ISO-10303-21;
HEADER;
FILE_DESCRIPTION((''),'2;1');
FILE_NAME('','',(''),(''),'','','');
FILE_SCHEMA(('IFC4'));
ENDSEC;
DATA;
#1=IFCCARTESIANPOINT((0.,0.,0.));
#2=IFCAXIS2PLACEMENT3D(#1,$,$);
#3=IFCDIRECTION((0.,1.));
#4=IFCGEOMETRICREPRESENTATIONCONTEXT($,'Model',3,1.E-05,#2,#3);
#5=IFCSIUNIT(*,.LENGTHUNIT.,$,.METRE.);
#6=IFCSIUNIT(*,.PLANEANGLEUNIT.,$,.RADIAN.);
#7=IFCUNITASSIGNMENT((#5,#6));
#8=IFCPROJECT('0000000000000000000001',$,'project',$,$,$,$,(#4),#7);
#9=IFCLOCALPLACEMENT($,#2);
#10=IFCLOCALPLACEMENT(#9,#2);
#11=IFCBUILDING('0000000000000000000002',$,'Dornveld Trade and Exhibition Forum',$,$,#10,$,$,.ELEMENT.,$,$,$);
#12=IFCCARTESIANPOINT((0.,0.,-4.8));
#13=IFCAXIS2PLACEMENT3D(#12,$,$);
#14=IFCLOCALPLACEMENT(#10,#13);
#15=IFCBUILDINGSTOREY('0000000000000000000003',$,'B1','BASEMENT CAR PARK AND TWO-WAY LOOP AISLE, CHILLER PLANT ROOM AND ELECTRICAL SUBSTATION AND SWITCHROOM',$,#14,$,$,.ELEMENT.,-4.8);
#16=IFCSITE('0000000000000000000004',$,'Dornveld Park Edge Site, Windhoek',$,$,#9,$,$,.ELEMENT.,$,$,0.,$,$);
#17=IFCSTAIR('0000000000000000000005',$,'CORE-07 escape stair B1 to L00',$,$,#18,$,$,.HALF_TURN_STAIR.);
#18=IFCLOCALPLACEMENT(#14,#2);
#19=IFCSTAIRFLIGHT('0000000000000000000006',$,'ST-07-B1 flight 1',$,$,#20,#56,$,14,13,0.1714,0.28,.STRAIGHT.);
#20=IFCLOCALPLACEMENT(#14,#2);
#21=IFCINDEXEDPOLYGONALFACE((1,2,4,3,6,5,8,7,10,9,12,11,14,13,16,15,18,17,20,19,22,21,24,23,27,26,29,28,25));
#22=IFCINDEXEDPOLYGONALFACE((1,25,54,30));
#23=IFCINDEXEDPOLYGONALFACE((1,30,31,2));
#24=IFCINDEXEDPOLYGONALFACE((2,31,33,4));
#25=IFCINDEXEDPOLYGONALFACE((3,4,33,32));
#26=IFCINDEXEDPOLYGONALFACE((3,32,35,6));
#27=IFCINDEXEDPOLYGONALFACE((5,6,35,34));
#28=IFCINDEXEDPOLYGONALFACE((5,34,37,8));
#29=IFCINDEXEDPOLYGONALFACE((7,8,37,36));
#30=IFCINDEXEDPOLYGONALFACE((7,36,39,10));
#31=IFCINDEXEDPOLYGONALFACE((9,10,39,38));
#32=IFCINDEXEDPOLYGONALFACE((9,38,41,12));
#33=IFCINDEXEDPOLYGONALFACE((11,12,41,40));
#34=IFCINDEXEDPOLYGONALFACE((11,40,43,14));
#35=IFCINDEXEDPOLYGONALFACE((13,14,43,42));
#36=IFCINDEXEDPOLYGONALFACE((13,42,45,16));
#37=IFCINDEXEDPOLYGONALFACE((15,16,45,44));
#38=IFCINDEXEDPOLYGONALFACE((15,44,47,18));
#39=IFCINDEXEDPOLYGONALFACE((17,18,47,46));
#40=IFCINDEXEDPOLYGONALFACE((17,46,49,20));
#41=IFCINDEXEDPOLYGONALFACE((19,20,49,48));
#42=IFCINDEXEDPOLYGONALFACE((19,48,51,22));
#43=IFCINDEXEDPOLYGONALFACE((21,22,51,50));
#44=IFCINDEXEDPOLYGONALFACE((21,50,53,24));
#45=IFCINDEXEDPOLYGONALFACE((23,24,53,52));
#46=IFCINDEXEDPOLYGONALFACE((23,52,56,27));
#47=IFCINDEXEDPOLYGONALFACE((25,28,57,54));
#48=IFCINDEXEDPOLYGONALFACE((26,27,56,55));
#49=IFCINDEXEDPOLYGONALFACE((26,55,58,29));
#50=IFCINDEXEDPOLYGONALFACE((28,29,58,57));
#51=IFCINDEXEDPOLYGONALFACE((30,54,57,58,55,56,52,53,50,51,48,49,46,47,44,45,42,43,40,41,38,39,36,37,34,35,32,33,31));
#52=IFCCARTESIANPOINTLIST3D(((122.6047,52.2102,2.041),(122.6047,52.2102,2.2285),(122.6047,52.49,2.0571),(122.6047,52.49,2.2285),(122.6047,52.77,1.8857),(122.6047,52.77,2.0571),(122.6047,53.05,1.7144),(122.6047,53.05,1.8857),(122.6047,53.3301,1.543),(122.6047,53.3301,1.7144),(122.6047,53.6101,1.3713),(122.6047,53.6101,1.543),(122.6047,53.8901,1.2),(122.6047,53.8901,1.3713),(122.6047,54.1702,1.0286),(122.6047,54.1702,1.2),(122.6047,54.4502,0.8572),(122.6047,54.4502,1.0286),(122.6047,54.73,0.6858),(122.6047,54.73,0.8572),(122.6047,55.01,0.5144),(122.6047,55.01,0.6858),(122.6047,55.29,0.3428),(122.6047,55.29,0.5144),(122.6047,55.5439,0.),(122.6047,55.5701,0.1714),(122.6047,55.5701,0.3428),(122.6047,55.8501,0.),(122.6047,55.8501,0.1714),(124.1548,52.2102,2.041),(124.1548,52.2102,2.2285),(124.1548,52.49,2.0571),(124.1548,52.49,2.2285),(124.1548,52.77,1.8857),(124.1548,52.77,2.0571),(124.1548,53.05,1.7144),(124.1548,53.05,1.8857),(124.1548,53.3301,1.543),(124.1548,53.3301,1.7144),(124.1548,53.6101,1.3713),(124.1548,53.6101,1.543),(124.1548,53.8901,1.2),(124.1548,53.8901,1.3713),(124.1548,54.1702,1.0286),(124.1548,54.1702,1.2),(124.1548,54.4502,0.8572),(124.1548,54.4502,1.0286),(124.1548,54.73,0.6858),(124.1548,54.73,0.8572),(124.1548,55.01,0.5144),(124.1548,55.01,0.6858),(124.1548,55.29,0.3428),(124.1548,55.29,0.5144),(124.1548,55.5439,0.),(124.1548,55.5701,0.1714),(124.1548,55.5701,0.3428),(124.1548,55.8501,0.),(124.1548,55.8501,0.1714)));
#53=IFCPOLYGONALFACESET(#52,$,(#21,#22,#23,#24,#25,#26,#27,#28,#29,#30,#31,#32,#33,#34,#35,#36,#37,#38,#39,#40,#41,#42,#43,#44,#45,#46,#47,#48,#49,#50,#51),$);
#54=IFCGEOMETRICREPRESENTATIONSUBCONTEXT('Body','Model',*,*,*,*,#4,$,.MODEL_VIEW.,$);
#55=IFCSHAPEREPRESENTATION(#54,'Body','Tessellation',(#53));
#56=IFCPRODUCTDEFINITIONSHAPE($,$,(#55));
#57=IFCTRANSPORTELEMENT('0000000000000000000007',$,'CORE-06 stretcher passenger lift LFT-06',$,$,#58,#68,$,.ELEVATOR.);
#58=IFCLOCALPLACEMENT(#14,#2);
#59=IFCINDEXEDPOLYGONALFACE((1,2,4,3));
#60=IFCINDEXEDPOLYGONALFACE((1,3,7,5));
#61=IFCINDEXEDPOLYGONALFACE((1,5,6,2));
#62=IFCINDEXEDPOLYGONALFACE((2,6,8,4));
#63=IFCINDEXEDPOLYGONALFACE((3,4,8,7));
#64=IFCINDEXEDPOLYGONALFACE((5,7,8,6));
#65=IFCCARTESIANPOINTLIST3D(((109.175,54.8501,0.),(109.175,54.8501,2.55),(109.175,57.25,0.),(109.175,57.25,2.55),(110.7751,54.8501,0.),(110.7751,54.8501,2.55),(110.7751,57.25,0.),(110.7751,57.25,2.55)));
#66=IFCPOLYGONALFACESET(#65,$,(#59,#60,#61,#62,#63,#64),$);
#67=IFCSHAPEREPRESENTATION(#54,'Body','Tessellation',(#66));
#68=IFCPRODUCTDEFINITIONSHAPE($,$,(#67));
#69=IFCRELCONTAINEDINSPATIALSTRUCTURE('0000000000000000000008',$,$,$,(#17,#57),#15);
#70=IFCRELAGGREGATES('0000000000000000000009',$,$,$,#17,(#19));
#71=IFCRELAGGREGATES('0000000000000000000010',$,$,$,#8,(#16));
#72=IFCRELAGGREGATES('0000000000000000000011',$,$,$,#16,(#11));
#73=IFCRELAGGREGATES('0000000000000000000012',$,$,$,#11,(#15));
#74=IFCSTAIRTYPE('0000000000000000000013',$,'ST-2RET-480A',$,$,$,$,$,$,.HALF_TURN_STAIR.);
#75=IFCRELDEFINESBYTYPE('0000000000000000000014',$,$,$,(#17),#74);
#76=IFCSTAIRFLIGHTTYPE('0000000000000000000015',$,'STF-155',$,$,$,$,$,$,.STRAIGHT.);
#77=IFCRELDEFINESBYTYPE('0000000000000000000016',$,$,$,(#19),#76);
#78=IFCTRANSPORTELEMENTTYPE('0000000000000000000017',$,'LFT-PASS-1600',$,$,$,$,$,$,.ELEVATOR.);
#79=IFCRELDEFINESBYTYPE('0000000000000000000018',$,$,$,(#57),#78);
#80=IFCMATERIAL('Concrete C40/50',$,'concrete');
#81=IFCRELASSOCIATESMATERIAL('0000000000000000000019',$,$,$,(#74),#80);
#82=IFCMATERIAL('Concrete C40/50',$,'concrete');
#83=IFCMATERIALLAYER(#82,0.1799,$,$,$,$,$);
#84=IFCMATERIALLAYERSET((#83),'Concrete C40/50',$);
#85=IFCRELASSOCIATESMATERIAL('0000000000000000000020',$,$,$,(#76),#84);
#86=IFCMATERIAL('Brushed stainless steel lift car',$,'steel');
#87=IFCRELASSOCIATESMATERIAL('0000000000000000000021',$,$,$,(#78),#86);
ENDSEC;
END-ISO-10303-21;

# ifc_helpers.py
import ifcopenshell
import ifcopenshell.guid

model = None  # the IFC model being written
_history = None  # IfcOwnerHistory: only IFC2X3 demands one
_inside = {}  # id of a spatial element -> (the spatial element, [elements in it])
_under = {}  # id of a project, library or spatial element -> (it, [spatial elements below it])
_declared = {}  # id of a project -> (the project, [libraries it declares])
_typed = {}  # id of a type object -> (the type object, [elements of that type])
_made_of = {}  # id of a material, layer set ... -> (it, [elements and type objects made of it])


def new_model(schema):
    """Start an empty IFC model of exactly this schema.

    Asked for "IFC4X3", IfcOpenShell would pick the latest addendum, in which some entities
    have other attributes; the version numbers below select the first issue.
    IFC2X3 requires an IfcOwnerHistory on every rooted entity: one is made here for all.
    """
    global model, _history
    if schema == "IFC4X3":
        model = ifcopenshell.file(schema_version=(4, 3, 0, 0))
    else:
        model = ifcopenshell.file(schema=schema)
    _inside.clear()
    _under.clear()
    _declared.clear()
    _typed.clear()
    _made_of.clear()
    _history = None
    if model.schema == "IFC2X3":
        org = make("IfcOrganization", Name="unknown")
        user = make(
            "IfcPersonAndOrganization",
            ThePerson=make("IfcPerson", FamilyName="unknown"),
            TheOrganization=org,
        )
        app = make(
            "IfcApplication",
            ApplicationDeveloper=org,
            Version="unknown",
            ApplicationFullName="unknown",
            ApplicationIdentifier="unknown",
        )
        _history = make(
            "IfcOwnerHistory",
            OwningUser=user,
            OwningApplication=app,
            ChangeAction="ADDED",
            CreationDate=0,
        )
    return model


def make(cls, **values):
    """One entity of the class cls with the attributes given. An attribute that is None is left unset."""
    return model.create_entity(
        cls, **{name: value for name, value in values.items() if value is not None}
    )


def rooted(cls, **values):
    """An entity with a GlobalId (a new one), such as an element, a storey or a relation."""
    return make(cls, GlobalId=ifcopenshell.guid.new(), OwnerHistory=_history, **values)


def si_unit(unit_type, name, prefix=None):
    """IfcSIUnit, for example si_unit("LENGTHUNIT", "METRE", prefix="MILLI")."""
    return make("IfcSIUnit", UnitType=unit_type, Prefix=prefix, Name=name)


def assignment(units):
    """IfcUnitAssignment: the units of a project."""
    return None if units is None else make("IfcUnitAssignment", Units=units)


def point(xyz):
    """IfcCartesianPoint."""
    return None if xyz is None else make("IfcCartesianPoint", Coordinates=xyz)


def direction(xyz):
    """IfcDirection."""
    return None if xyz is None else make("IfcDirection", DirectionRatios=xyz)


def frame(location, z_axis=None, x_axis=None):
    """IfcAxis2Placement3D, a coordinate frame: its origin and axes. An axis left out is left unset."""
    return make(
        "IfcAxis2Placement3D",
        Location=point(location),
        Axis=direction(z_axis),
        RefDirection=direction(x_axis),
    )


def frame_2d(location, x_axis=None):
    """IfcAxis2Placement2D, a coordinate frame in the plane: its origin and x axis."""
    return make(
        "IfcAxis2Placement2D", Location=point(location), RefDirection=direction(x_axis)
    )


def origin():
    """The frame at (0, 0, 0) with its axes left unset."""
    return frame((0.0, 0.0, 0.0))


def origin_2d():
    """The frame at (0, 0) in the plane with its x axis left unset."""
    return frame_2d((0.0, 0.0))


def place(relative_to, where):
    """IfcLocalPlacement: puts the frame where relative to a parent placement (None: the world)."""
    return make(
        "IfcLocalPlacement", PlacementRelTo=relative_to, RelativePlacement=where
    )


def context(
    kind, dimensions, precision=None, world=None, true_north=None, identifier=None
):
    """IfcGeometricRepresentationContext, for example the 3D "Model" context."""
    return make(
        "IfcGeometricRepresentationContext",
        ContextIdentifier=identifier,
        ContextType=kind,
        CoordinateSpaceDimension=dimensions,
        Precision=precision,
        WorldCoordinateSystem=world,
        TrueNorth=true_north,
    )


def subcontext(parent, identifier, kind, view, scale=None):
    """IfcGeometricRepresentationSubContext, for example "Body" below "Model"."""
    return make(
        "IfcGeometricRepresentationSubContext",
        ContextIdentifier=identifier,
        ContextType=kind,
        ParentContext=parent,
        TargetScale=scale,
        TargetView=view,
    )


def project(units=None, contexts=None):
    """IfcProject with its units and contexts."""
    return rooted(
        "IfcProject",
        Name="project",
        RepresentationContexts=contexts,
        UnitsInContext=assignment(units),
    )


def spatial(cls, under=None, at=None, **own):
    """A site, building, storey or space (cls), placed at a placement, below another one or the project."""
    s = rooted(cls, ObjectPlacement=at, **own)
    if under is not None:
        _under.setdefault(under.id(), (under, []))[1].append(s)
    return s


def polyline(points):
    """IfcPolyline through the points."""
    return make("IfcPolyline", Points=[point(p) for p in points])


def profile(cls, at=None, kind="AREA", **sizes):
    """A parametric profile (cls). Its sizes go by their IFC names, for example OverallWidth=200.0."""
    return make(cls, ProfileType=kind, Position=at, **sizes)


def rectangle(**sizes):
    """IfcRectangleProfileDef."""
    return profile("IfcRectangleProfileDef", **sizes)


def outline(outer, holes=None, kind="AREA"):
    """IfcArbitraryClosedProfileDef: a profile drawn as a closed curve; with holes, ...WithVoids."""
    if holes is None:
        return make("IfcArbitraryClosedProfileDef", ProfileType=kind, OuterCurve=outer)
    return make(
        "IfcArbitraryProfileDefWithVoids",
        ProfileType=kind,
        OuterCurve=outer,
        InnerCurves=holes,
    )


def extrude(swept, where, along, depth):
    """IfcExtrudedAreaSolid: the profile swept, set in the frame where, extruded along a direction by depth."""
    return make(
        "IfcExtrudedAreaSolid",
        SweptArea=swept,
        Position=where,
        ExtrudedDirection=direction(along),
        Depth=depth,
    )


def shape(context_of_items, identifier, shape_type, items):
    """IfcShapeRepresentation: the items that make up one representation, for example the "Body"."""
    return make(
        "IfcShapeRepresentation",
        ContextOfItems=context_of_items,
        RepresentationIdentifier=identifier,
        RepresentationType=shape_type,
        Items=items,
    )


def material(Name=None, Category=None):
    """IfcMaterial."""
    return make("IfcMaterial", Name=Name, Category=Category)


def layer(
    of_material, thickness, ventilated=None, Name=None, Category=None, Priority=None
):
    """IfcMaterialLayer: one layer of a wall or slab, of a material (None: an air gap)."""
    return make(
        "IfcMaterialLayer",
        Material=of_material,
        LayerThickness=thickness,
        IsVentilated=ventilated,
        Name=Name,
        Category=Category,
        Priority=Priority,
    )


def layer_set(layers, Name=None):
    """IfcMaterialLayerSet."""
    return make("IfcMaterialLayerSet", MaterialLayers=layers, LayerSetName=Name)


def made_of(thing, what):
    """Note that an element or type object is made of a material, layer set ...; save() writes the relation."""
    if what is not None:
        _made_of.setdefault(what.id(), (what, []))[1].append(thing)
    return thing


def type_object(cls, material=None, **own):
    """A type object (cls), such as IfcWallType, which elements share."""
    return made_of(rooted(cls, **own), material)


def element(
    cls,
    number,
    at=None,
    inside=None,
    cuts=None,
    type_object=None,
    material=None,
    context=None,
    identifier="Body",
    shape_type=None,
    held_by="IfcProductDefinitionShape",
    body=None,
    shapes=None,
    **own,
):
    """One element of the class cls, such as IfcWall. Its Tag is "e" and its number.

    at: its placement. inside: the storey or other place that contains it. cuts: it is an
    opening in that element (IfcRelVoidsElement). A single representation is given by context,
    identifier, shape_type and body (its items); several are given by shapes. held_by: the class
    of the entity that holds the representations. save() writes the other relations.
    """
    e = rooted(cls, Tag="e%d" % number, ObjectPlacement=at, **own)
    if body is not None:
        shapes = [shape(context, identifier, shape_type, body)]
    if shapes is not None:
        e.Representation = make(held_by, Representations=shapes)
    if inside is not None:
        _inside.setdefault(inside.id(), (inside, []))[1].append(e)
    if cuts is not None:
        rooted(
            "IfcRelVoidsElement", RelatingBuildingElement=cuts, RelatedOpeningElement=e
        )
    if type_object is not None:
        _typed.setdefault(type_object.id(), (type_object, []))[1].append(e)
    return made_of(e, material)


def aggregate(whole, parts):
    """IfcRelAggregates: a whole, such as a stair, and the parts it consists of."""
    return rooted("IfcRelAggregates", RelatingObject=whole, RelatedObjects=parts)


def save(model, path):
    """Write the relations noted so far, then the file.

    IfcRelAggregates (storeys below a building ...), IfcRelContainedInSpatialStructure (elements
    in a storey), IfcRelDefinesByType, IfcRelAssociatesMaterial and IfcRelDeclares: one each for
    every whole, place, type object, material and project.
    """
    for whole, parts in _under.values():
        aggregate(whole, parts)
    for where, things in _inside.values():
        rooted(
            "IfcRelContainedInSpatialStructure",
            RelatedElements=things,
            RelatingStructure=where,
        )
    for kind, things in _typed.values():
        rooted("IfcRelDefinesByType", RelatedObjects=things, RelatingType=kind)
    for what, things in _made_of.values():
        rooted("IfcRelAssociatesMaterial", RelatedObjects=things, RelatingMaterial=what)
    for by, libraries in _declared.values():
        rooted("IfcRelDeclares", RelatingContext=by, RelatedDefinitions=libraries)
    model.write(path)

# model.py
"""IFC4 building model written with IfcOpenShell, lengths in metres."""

from ifc_helpers import new_model, si_unit, direction, frame, origin, origin_2d, place, context, subcontext, project, spatial, polyline, rectangle, outline, extrude, material, layer, layer_set, type_object, element, aggregate, save


model = new_model("IFC4")

# Units and contexts
model_context = context("Model", 3, precision=1e-05, world=origin(), true_north=direction((0.0, 1.0)))
body_context = subcontext(model_context, "Body", "Model", "MODEL_VIEW")
ifc_project = project(units=[si_unit("LENGTHUNIT", "METRE"), si_unit("PLANEANGLEUNIT", "RADIAN")], contexts=[model_context])

# Site, building, storey
site_placement = place(None, origin())
site = spatial("IfcSite", under=ifc_project, at=site_placement, Name="Dornveld Park Edge Site, Windhoek", CompositionType="ELEMENT", RefElevation=0.0)
building_placement = place(site_placement, origin())
building = spatial("IfcBuilding", under=site, at=building_placement, Name="Dornveld Trade and Exhibition Forum", CompositionType="ELEMENT")
storey_placement = place(building_placement, frame((0.0, 0.0, -4.8)))
storey = spatial("IfcBuildingStorey", under=building, at=storey_placement, Name="B1", Description="BASEMENT CAR PARK AND TWO-WAY LOOP AISLE, CHILLER PLANT ROOM AND ELECTRICAL SUBSTATION AND SWITCHROOM", CompositionType="ELEMENT", Elevation=-4.8)

# Stair, stair flight
ifc_material_1 = material(Name="Concrete C40/50", Category="concrete")
stair_type = type_object("IfcStairType", Name="ST-2RET-480A", PredefinedType="HALF_TURN_STAIR", material=ifc_material_1)
stair_placement = place(storey_placement, origin())
stair = element("IfcStair", 1, at=stair_placement, inside=storey, type_object=stair_type, Name="CORE-07 escape stair B1 to L00", PredefinedType="HALF_TURN_STAIR")
ifc_material_2 = material(Name="Concrete C40/50", Category="concrete")
ifc_layer_1 = layer(ifc_material_2, 0.1799)
ifc_layer_set_1 = layer_set([ifc_layer_1], Name="Concrete C40/50")
stair_flight_type = type_object("IfcStairFlightType", Name="STF-155", PredefinedType="STRAIGHT", material=ifc_layer_set_1)
stair_flight_placement = place(storey_placement, frame((123.3799, 55.8501, 0.0), z_axis=(0.0, 0.0, 1.0), x_axis=(0.0, -1.0, 0.0)))
stair_flight = element("IfcStairFlight", 2, at=stair_flight_placement, type_object=stair_flight_type, Name="ST-07-B1 flight 1", NumberOfRisers=14, NumberOfTreads=13, PredefinedType="STRAIGHT", RiserHeight=0.1714, TreadLength=0.28, context=body_context, shape_type="SweptSolid", body=[
    extrude(outline(polyline([(0.0, 0.0), (0.0, 0.1714), (0.28, 0.1714), (0.28, 0.3428), (0.5601, 0.3428), (0.5601, 0.5144), (0.8401, 0.5144), (0.8401, 0.6858), (1.1201, 0.6858), (1.1201, 0.8572), (1.3999, 0.8572), (1.3999, 1.0286), (1.6799, 1.0286), (1.6799, 1.2), (1.96, 1.2), (1.96, 1.3713), (2.24, 1.3713), (2.24, 1.543), (2.52, 1.543), (2.52, 1.7144), (2.8, 1.7144), (2.8, 1.8857), (3.0801, 1.8857), (3.0801, 2.0571), (3.3601, 2.0571), (3.3601, 2.2285), (3.6399, 2.2285), (3.6399, 2.3999), (3.6399, 2.041), (0.3062, 0.0), (0.0, 0.0)])), frame((0.0, 0.7749, 0.0), z_axis=(0.0, -1.0, 0.0), x_axis=(1.0, 0.0, 0.0)), (0.0, 0.0, 1.0), 1.55),
])
aggregate(stair, [stair_flight])

# Transport element
ifc_material_3 = material(Name="Brushed stainless steel lift car", Category="steel")
transport_element_type = type_object("IfcTransportElementType", Name="LFT-PASS-1600", PredefinedType="ELEVATOR", material=ifc_material_3)
transport_element_placement = place(storey_placement, frame((109.9751, 56.05, 0.0), z_axis=(0.0, 0.0, 1.0), x_axis=(1.0, 0.0, 0.0)))
element("IfcTransportElement", 3, at=transport_element_placement, inside=storey, type_object=transport_element_type, Name="CORE-06 stretcher passenger lift LFT-06", PredefinedType="ELEVATOR", context=body_context, shape_type="SweptSolid", body=[
    extrude(rectangle(XDim=1.6001, YDim=2.3999, at=origin_2d()), origin(), (0.0, 0.0, 1.0), 2.55),
])

save(model, "model.ifc")
